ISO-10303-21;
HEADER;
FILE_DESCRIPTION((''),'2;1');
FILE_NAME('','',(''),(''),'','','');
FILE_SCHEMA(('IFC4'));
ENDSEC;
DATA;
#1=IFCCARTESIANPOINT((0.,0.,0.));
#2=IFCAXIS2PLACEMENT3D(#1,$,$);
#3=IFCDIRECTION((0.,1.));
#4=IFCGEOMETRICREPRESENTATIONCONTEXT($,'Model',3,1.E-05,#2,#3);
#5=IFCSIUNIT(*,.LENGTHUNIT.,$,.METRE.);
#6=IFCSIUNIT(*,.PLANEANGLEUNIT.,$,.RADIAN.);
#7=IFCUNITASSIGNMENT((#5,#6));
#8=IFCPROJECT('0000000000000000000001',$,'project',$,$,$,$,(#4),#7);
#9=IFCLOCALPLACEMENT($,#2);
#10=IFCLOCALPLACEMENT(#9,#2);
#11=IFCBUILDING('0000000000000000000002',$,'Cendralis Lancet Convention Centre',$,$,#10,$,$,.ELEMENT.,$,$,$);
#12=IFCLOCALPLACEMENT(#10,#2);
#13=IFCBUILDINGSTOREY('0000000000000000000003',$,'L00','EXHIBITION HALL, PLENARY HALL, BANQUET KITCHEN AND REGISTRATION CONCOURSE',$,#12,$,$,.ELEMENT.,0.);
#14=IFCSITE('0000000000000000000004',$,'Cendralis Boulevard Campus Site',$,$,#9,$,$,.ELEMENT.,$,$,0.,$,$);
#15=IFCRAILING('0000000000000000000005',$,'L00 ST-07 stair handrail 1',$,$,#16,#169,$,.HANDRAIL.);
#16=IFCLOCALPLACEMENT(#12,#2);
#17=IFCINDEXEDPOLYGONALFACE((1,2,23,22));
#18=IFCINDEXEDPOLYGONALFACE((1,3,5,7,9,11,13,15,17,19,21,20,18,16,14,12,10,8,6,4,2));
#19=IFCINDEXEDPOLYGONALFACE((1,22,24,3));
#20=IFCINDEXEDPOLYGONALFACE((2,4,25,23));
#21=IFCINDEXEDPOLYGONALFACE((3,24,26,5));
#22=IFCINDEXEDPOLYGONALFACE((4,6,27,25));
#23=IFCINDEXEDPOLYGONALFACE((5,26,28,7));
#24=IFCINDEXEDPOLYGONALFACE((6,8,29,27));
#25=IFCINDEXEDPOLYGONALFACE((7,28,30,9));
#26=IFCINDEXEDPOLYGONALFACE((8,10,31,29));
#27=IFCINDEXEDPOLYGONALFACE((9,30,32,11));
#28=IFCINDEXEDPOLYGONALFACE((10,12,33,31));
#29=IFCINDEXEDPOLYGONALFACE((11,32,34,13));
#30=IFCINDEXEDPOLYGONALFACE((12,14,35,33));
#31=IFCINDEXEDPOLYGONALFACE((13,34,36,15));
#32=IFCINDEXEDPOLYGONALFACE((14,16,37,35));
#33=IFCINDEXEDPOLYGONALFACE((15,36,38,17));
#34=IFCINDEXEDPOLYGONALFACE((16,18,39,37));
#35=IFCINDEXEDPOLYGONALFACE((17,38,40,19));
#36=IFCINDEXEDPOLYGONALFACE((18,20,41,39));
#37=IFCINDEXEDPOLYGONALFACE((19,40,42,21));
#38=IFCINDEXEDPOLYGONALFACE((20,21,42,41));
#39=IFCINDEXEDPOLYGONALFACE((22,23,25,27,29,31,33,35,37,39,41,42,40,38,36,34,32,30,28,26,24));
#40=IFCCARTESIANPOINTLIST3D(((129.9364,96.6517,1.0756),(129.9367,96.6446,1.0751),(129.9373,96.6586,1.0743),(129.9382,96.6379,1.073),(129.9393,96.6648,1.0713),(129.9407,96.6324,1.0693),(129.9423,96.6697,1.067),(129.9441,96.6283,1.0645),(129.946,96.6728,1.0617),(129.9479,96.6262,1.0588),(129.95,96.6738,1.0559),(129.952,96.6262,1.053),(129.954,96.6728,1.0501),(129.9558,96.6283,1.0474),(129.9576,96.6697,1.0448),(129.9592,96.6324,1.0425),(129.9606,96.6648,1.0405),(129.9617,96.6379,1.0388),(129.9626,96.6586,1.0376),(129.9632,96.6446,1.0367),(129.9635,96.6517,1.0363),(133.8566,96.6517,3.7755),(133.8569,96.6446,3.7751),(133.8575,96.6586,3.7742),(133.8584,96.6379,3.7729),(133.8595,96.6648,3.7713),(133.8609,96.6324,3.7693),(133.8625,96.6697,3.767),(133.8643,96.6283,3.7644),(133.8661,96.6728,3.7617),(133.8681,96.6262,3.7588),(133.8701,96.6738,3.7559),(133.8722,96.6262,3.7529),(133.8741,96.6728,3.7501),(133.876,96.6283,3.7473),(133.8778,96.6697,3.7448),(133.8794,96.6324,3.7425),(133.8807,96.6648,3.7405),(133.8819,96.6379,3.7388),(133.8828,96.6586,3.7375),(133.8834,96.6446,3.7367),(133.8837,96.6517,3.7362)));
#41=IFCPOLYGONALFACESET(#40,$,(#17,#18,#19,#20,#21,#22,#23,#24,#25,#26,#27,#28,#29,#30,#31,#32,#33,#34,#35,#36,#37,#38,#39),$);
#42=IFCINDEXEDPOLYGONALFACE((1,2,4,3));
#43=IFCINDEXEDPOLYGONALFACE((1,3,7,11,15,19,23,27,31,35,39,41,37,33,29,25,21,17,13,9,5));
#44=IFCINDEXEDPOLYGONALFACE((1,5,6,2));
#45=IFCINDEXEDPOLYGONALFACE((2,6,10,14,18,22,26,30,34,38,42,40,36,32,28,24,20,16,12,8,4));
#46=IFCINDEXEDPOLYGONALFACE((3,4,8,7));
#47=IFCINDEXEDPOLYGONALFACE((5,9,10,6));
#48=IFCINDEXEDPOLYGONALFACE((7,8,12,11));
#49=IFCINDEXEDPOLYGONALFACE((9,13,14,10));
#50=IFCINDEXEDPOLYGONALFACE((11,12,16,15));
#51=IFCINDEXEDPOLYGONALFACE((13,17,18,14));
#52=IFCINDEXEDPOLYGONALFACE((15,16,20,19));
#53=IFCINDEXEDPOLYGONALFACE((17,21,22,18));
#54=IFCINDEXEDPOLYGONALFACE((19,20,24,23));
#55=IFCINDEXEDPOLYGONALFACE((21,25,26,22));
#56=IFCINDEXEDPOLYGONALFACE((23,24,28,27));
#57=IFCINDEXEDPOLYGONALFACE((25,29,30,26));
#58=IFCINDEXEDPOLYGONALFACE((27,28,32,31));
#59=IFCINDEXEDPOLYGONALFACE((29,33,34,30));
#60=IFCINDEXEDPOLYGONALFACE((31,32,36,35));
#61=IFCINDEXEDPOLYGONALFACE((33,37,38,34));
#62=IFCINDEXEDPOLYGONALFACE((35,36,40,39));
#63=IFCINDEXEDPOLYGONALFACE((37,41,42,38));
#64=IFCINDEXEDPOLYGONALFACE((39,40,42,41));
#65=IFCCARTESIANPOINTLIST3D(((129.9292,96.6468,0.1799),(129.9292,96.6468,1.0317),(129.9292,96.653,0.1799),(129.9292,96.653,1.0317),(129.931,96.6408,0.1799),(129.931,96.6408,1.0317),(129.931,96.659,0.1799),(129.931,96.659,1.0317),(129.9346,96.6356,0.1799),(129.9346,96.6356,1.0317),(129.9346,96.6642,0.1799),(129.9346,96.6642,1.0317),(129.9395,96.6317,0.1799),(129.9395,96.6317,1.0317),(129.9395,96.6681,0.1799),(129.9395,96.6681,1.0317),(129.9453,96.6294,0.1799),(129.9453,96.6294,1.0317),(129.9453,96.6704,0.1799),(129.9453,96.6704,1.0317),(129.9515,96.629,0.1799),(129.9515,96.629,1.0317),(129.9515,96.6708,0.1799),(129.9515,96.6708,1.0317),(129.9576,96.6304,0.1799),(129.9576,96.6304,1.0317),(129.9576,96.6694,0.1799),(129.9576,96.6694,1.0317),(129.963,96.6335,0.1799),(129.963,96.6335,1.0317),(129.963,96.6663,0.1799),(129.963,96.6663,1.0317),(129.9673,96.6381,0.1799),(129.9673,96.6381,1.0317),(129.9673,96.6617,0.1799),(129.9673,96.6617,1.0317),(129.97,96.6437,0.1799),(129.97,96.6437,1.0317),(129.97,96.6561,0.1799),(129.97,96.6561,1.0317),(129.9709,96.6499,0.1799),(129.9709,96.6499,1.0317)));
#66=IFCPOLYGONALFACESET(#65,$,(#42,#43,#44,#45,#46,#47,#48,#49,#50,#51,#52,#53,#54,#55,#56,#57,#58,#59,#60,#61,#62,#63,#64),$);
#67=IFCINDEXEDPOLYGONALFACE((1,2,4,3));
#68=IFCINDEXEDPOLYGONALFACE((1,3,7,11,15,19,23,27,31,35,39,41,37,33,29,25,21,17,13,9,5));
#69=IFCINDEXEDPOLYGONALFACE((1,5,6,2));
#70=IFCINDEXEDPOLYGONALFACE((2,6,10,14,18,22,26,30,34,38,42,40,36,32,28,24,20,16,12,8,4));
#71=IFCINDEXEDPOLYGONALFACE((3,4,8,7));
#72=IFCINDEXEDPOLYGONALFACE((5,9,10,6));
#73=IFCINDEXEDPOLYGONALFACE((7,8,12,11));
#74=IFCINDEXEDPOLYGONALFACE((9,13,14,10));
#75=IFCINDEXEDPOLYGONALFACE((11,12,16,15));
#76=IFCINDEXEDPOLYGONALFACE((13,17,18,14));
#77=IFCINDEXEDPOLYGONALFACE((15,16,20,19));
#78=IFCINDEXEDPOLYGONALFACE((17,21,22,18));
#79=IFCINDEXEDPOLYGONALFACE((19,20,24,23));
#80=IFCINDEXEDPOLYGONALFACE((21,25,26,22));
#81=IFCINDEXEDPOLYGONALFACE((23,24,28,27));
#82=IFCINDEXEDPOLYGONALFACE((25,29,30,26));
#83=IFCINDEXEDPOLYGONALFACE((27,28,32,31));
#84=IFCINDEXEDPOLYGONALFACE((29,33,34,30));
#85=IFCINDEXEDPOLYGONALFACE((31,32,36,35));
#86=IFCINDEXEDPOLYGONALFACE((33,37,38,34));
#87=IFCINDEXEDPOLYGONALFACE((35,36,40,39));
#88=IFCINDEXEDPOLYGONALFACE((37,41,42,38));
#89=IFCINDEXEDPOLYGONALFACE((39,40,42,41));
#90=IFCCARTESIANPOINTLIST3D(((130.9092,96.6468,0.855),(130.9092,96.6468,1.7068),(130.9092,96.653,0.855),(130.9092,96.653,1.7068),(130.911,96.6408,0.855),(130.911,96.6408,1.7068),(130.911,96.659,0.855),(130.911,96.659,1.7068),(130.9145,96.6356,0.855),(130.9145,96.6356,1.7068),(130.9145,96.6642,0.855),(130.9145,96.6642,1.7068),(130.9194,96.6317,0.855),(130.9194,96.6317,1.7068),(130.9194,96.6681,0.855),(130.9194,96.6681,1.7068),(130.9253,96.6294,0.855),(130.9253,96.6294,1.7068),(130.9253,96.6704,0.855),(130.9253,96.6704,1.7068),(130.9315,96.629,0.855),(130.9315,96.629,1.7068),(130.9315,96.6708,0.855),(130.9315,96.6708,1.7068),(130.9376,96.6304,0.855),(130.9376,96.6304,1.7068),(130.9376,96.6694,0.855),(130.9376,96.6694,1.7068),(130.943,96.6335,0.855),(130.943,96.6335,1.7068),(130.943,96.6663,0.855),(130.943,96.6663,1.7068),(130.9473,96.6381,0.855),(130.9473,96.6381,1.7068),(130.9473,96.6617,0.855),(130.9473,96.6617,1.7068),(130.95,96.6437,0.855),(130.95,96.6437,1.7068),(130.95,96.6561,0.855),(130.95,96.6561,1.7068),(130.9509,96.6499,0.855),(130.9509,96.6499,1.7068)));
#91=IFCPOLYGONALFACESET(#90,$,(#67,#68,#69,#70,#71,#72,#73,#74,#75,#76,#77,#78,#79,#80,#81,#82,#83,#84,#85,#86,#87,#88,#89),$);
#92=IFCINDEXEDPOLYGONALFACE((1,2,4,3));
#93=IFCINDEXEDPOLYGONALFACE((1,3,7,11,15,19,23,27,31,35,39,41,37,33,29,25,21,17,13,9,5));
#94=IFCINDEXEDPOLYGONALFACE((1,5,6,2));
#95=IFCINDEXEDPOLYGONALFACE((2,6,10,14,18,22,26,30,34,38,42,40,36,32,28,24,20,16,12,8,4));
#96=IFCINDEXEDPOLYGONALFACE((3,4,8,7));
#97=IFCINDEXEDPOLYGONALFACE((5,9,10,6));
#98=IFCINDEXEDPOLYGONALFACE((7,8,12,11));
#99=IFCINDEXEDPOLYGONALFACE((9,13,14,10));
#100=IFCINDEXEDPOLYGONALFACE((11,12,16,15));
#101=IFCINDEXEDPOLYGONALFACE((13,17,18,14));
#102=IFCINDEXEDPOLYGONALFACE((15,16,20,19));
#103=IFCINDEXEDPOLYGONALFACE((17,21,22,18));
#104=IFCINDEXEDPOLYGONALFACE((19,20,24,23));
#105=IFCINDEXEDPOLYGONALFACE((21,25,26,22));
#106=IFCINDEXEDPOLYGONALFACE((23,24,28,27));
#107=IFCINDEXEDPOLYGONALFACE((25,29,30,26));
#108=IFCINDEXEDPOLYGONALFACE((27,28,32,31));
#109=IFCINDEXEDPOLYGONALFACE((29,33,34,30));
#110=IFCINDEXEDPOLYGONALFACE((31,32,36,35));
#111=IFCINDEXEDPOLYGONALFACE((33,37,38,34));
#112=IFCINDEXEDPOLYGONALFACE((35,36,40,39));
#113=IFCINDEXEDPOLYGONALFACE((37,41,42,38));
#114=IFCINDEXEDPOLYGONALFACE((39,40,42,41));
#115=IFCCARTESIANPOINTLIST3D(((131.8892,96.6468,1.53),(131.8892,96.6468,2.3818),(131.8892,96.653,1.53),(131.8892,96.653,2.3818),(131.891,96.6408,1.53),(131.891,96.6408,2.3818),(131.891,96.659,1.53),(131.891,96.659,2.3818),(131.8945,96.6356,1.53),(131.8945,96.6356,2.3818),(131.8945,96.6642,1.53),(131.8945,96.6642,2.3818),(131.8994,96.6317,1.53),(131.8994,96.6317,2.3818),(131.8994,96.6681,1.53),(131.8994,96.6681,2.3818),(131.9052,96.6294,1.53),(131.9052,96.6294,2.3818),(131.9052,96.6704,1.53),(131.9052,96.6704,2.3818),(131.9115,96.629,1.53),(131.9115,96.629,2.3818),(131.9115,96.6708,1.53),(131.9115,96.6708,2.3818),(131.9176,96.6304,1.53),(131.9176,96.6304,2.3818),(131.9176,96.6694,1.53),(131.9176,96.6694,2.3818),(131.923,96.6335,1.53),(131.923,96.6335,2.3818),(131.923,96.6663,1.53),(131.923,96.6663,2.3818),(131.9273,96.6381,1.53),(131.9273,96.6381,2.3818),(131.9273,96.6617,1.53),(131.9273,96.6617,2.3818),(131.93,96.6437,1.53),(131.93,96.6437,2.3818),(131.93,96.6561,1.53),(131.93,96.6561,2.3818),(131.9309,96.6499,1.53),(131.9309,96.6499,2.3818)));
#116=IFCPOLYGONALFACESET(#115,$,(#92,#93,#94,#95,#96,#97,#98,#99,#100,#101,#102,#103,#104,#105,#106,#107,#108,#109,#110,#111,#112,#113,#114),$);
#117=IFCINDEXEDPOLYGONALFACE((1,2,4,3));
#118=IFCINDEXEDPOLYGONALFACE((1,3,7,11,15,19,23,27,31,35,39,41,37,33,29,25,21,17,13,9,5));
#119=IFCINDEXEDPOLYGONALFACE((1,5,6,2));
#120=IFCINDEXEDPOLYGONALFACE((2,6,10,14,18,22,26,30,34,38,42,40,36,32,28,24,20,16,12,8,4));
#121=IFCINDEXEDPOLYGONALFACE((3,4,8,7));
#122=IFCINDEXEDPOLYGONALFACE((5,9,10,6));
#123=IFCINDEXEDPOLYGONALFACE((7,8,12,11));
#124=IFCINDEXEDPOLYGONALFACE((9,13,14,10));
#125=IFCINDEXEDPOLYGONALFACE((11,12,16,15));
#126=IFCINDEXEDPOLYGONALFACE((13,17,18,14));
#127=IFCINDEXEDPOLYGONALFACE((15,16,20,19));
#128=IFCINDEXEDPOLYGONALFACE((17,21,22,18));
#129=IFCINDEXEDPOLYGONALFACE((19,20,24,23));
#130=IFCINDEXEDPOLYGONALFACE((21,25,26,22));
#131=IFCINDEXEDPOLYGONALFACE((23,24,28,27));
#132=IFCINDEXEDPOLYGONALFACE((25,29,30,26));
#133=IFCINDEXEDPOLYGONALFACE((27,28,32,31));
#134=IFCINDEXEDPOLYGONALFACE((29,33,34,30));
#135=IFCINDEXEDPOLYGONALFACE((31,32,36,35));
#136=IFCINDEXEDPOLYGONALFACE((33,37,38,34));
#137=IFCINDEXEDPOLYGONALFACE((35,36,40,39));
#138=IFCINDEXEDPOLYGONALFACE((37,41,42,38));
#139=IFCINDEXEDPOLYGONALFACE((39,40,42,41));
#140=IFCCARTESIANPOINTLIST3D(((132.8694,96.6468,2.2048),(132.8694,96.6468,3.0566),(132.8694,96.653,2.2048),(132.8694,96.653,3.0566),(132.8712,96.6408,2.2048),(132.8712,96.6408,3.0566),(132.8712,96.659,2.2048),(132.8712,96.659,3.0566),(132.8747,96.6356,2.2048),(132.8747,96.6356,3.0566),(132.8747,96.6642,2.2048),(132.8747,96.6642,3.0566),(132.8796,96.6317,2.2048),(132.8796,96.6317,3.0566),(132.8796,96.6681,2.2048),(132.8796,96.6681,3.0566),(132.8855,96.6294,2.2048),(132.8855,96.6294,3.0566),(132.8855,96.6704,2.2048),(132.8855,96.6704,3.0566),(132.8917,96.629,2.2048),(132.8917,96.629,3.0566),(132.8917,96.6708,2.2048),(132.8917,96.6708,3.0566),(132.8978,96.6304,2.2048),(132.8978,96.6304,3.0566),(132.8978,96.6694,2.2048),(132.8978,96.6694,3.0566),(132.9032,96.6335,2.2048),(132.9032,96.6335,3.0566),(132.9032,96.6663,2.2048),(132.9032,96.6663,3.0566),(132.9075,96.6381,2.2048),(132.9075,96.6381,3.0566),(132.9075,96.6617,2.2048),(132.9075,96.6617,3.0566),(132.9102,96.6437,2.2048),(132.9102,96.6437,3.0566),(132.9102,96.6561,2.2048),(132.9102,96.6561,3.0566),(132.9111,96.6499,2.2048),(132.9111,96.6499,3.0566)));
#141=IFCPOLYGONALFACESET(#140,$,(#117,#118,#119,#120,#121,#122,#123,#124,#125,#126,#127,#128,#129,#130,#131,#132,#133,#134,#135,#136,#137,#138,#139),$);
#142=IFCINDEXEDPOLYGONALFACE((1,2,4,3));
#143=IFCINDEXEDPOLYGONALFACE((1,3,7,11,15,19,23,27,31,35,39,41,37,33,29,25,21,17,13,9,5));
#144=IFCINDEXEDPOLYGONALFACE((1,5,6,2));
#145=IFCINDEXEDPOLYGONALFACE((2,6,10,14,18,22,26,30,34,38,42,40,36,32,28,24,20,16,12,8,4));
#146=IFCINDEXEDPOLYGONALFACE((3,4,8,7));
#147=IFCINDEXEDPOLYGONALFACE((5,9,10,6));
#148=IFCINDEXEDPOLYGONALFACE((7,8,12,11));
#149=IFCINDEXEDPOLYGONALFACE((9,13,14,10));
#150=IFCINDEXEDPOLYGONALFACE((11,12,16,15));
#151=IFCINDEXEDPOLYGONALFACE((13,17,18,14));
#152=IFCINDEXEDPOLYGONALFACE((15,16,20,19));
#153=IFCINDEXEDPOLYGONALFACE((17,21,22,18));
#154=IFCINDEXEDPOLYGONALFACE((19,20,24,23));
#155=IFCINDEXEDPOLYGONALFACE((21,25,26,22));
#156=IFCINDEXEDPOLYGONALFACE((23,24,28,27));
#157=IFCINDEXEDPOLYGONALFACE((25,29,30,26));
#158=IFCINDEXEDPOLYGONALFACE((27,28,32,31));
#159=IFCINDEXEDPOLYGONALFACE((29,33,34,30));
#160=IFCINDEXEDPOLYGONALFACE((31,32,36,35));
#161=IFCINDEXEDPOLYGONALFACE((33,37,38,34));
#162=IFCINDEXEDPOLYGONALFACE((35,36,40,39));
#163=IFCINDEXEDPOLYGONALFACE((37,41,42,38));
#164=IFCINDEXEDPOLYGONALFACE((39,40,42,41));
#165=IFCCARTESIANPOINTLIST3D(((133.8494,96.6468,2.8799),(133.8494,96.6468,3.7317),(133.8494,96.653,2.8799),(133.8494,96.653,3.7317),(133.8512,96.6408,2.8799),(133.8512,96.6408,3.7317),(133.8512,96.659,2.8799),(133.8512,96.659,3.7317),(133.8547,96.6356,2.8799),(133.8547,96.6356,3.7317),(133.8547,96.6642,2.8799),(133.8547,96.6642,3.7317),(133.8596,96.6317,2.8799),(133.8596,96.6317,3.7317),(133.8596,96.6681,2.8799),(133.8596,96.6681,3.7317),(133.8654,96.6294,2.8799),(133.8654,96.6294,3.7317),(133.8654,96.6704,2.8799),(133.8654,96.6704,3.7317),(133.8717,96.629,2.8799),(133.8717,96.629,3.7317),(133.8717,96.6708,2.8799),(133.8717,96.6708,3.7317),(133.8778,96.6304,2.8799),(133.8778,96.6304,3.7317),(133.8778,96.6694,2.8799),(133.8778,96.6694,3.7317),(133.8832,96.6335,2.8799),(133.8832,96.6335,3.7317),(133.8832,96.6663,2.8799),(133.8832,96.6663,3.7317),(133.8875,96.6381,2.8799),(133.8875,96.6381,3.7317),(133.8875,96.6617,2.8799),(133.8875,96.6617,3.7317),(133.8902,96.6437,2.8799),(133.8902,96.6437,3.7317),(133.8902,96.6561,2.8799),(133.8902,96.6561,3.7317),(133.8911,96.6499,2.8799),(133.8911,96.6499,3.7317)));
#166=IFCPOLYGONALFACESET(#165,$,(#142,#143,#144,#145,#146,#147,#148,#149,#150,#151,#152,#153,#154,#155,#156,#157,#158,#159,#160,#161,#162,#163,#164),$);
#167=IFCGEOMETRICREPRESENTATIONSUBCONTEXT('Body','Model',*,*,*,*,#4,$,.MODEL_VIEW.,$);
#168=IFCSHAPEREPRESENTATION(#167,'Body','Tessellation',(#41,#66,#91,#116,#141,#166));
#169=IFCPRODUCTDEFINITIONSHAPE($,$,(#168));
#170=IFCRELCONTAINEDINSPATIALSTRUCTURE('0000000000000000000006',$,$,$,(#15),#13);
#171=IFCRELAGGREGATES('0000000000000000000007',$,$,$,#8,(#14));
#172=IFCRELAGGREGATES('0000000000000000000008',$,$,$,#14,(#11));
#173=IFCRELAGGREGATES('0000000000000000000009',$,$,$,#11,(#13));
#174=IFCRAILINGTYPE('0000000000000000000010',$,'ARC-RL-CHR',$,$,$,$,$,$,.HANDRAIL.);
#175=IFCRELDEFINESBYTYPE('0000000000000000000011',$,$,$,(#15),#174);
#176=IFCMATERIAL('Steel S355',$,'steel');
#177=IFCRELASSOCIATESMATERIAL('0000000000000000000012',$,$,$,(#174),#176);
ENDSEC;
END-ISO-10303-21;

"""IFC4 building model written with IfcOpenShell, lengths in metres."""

from ifc_helpers import new_model, si_unit, direction, frame, origin, origin_2d, place, context, subcontext, project, spatial, circle, extrude, material, type_object, element, save


model = new_model("IFC4")

# Units and contexts
model_context = context("Model", 3, precision=1e-05, world=origin(), true_north=direction((0.0, 1.0)))
body_context = subcontext(model_context, "Body", "Model", "MODEL_VIEW")
ifc_project = project(units=[si_unit("LENGTHUNIT", "METRE"), si_unit("PLANEANGLEUNIT", "RADIAN")], contexts=[model_context])

# Site, building, storey
site_placement = place(None, origin())
site = spatial("IfcSite", under=ifc_project, at=site_placement, Name="Cendralis Boulevard Campus Site", CompositionType="ELEMENT", RefElevation=0.0)
building_placement = place(site_placement, origin())
building = spatial("IfcBuilding", under=site, at=building_placement, Name="Cendralis Lancet Convention Centre", CompositionType="ELEMENT")
storey_placement = place(building_placement, origin())
storey = spatial("IfcBuildingStorey", under=building, at=storey_placement, Name="L00", Description="EXHIBITION HALL, PLENARY HALL, BANQUET KITCHEN AND REGISTRATION CONCOURSE", CompositionType="ELEMENT", Elevation=0.0)

# Shared definitions
ifc_material_1 = material(Name="Steel S355", Category="steel")

# Railing
railing_type_1 = type_object("IfcRailingType", Name="ARC-RL-CHR", PredefinedType="HANDRAIL", material=ifc_material_1)
railing_1_placement = place(storey_placement, frame((129.95, 96.6499, 0.1799)))
element("IfcRailing", 1, at=railing_1_placement, inside=storey, type_object=railing_type_1, Name="L00 ST-07 stair handrail 1", PredefinedType="HANDRAIL", context=body_context, shape_type="SweptSolid", body=[
    extrude(circle(Radius=0.0239, at=origin_2d()), frame((0.0, 0.0, 0.876), z_axis=(0.823567, 0.0, 0.567219), x_axis=(0.0, 1.0, 0.0)), (0.0, 0.0, 1.0), 4.76),
    extrude(circle(Radius=0.021, at=origin_2d()), origin(), (0.0, 0.0, 1.0), 0.8518),
    extrude(circle(Radius=0.021, at=origin_2d()), frame((0.98, 0.0, 0.675)), (0.0, 0.0, 1.0), 0.8518),
    extrude(circle(Radius=0.021, at=origin_2d()), frame((1.96, 0.0, 1.3501)), (0.0, 0.0, 1.0), 0.8518),
    extrude(circle(Radius=0.021, at=origin_2d()), frame((2.9402, 0.0, 2.0249)), (0.0, 0.0, 1.0), 0.8518),
    extrude(circle(Radius=0.021, at=origin_2d()), frame((3.9202, 0.0, 2.7)), (0.0, 0.0, 1.0), 0.8518),
])

save(model, "model.ifc")
